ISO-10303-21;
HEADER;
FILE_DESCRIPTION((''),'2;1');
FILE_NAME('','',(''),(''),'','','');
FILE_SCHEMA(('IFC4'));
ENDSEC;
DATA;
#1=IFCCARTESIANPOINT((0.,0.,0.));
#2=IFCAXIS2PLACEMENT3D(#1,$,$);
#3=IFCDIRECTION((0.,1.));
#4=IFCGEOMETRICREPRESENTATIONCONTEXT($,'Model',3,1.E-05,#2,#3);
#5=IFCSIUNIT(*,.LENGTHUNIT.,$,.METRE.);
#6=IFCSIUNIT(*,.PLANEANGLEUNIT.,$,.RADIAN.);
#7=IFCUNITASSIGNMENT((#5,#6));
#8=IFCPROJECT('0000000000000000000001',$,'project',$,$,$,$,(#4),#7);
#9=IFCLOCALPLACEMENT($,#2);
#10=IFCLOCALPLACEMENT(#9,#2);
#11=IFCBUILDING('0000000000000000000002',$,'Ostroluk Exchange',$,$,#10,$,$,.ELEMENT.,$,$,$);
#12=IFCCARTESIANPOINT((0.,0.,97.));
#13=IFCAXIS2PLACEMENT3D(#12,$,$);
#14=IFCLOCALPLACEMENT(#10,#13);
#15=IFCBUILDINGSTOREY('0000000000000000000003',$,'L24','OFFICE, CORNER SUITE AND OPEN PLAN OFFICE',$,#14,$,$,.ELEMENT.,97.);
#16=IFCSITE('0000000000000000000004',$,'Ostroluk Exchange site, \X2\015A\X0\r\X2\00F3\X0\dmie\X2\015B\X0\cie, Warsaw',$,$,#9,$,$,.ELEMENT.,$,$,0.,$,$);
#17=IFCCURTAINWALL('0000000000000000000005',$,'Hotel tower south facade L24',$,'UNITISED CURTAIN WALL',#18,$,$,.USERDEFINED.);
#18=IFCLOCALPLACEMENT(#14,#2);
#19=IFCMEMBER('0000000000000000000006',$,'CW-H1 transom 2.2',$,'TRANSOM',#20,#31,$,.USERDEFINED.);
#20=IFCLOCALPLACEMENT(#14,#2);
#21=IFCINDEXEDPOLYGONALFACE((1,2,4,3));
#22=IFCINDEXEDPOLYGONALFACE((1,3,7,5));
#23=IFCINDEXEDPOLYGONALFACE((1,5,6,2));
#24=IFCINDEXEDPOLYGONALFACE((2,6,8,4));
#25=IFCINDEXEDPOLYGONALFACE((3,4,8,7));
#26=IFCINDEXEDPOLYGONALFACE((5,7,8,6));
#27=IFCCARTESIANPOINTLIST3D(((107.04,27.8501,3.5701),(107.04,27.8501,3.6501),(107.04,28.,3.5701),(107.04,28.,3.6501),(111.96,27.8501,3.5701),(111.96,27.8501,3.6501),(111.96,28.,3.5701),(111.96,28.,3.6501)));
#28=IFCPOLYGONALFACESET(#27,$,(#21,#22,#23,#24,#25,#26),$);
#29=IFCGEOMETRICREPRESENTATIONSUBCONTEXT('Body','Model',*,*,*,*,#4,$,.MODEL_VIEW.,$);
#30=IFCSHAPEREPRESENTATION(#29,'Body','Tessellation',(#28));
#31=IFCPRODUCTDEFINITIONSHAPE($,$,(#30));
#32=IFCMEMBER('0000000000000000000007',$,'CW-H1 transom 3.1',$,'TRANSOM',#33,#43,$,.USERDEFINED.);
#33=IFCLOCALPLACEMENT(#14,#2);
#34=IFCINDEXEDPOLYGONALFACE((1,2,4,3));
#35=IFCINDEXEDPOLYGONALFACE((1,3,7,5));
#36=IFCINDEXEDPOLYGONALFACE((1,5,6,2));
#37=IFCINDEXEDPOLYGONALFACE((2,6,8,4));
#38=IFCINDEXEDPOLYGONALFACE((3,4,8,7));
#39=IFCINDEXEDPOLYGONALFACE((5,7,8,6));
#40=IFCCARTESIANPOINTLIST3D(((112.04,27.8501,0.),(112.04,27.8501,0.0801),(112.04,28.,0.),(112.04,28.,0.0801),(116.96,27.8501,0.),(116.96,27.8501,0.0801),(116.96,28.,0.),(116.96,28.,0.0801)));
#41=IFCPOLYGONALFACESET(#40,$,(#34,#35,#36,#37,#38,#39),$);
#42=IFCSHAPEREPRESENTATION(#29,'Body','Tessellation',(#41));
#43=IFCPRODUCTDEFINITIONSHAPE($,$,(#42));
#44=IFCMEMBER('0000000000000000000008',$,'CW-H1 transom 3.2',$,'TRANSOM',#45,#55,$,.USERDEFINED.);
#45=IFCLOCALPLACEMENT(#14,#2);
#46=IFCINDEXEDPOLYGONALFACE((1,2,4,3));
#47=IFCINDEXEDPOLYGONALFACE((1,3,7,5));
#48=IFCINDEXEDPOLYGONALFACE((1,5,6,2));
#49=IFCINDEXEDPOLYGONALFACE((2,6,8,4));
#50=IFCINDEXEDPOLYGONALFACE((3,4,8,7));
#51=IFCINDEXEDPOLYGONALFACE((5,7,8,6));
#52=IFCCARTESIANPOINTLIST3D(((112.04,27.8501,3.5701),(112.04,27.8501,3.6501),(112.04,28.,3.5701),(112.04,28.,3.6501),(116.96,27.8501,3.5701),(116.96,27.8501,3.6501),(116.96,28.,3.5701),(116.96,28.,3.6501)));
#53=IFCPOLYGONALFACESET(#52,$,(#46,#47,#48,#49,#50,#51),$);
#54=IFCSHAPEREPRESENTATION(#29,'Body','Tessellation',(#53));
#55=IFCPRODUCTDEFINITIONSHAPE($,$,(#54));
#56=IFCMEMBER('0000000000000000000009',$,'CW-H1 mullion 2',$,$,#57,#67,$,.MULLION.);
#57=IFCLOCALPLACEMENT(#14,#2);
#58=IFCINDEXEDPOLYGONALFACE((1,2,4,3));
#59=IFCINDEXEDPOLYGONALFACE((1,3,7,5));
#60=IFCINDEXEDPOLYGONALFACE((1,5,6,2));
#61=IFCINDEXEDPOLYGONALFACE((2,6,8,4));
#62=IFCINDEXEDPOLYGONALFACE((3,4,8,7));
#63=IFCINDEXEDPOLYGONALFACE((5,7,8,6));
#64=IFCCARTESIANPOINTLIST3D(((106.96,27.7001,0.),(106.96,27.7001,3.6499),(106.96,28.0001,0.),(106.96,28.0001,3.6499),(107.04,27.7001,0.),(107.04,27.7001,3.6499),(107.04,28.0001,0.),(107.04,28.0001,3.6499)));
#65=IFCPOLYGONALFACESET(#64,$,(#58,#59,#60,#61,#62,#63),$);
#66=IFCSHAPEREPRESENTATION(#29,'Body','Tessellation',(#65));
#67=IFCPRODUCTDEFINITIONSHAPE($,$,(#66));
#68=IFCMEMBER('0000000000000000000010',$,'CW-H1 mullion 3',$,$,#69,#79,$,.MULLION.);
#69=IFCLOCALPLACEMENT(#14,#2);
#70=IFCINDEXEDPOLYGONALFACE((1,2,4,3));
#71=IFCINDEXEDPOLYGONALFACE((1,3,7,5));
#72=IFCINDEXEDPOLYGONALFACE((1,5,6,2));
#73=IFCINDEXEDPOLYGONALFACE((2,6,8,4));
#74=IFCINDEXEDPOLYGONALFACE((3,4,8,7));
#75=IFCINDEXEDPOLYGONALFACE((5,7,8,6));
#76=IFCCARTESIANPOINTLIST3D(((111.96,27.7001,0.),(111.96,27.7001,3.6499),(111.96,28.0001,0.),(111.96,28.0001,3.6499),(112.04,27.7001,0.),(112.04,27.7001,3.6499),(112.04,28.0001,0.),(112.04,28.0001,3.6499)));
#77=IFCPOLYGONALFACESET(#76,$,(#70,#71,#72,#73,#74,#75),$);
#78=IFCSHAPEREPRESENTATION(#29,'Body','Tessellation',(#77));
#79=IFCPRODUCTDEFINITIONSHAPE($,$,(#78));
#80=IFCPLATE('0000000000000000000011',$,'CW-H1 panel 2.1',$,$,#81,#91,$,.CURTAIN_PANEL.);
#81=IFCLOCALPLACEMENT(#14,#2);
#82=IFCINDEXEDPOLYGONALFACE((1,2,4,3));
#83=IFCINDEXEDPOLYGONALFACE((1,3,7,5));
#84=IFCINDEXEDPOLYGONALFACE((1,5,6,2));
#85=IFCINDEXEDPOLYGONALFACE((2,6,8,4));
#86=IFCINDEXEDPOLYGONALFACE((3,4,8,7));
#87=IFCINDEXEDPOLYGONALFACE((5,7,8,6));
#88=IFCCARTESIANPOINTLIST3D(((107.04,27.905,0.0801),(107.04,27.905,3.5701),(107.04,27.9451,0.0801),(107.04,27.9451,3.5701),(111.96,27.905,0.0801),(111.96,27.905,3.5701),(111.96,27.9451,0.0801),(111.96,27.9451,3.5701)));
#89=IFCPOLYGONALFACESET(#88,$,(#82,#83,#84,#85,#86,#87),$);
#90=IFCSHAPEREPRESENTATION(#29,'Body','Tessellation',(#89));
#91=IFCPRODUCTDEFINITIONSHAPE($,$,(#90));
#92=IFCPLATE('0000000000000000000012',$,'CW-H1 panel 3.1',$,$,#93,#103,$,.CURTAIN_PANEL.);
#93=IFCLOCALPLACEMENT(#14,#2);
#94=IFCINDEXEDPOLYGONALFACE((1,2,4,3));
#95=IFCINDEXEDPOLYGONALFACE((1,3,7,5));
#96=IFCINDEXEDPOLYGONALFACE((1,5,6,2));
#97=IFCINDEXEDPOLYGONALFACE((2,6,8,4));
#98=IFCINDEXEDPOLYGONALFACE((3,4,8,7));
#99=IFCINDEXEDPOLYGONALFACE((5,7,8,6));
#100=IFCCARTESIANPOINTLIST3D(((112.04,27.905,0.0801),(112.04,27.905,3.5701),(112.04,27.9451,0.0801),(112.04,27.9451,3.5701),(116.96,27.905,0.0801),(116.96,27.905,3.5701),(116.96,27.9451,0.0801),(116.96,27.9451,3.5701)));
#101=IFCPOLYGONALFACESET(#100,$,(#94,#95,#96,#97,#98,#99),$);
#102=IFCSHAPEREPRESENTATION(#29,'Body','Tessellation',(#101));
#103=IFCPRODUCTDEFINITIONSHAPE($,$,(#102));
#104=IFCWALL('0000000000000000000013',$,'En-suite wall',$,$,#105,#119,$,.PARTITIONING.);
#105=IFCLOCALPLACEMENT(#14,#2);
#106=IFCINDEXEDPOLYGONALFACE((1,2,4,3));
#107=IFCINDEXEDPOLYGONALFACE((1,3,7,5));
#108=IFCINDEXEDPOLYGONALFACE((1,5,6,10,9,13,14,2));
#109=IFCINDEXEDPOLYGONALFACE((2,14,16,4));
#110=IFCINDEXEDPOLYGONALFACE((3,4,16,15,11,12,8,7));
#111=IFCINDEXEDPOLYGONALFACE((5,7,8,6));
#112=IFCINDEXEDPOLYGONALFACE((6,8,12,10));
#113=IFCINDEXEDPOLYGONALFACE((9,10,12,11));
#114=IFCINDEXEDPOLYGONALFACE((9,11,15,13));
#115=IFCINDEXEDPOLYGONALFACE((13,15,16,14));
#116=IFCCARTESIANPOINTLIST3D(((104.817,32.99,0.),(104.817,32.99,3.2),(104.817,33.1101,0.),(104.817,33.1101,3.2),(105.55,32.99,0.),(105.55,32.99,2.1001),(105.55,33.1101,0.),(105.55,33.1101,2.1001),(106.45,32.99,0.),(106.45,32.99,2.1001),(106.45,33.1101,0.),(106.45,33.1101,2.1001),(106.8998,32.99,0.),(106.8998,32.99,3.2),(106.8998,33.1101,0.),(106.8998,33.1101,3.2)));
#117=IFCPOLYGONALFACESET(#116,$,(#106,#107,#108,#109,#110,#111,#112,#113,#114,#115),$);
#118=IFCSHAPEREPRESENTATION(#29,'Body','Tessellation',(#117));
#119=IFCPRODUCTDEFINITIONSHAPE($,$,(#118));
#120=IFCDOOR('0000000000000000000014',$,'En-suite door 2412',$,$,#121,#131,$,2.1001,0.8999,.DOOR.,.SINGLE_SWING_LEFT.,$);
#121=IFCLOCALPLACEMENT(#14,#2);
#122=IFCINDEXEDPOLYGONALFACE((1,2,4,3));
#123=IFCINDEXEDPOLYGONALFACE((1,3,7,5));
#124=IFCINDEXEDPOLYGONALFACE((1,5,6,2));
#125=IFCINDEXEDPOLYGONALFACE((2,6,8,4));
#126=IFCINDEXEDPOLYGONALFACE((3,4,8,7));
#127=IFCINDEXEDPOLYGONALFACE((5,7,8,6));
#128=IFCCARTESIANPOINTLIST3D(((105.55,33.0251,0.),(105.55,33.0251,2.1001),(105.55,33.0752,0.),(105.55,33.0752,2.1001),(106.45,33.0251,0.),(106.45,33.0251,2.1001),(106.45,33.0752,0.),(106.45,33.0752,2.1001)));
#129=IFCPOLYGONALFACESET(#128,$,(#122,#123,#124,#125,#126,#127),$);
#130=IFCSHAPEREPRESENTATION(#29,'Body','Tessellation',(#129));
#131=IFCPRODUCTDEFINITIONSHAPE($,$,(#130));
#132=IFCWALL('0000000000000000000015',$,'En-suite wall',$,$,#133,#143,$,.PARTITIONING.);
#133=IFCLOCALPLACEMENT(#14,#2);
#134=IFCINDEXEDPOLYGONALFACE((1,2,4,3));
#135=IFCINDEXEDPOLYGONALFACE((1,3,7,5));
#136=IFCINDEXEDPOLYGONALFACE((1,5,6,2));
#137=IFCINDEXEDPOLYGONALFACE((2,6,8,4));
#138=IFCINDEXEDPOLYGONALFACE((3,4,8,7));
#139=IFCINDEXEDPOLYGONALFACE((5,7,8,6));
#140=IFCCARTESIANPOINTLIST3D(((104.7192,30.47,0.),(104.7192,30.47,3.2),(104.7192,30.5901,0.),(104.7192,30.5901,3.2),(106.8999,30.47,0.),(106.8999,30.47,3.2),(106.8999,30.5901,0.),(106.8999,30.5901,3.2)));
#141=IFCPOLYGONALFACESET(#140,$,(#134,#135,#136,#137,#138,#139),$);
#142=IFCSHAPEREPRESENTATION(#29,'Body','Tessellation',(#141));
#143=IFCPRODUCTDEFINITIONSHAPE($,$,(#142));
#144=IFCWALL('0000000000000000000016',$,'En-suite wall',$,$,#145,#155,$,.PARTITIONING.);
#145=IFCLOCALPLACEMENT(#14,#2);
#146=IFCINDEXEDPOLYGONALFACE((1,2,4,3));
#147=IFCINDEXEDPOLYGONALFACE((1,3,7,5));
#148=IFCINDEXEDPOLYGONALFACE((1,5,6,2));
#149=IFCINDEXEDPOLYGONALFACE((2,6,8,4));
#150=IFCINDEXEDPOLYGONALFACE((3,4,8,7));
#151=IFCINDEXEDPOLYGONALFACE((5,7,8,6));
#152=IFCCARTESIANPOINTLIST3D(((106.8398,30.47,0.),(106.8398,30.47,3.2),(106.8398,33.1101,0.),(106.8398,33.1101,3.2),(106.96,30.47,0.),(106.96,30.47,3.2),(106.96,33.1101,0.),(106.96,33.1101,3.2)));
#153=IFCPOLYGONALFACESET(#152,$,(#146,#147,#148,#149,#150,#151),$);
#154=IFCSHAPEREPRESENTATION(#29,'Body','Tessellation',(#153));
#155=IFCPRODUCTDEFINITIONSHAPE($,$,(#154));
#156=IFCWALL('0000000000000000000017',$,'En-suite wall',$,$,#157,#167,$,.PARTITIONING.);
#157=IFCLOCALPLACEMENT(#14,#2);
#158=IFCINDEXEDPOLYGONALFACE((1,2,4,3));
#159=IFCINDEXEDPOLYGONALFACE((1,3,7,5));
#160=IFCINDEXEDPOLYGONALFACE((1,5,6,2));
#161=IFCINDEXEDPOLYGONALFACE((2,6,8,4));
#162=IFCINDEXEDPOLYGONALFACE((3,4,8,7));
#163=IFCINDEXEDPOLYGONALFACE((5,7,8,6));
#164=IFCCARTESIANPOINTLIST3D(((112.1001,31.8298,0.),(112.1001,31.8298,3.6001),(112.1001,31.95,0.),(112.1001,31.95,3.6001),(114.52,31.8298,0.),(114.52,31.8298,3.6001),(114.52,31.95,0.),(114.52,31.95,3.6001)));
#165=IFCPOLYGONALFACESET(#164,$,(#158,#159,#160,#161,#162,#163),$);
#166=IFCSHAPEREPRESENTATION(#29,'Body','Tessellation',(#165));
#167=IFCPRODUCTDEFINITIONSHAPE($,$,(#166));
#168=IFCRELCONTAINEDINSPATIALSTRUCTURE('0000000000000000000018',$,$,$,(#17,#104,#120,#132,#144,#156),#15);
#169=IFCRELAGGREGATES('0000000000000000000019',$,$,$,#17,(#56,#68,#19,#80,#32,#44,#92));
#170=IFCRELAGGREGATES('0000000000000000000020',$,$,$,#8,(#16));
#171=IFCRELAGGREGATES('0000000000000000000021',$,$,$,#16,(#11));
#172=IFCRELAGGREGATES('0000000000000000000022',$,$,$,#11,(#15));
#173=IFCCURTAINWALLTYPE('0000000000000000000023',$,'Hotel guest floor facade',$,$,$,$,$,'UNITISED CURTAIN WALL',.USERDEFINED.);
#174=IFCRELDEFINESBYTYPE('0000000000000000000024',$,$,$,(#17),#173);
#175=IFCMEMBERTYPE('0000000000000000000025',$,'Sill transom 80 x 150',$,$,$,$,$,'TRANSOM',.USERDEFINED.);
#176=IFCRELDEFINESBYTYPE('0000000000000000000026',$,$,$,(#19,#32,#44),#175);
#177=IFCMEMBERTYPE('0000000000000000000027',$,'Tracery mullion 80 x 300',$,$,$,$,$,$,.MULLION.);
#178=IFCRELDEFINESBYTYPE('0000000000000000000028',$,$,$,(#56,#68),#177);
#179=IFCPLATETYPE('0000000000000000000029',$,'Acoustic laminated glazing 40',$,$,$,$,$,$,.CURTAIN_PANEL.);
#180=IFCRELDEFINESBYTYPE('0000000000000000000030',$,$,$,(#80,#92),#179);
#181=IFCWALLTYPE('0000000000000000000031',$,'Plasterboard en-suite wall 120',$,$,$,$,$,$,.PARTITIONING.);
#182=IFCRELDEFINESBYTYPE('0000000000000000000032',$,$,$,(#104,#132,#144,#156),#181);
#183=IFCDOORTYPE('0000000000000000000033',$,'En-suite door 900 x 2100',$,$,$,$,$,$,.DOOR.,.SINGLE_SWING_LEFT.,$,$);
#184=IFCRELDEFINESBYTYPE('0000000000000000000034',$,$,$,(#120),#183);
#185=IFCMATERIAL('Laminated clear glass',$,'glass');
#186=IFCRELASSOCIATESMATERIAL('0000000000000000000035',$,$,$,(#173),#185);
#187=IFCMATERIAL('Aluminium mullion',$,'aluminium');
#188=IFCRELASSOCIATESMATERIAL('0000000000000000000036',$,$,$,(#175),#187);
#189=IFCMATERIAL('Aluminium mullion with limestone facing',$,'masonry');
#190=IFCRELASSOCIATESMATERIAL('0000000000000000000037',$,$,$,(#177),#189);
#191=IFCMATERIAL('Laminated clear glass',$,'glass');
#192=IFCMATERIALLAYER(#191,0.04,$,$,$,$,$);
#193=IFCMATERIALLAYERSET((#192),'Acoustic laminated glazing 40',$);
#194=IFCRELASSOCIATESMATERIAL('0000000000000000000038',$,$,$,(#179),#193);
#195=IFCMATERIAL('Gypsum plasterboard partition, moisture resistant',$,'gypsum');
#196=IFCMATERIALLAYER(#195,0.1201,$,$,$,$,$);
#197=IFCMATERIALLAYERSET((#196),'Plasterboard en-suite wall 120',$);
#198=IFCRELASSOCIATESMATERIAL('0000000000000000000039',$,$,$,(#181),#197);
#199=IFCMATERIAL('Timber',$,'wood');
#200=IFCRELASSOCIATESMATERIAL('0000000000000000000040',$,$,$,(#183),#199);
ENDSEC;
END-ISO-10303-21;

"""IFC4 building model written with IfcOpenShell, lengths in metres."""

from ifc_helpers import new_model, si_unit, direction, frame, frame_2d, origin, origin_2d, place, context, subcontext, project, spatial, rectangle, extrude, material, layer, layer_set, material_profile, profile_set, type_object, element, fill, aggregate, save


model = new_model("IFC4")

# Units and contexts
model_context = context("Model", 3, precision=1e-05, world=origin(), true_north=direction((0.0, 1.0)))
body_context = subcontext(model_context, "Body", "Model", "MODEL_VIEW")
ifc_project = project(units=[si_unit("LENGTHUNIT", "METRE"), si_unit("PLANEANGLEUNIT", "RADIAN")], contexts=[model_context])

# Site, building, storey
site_placement = place(None, origin())
site = spatial("IfcSite", under=ifc_project, at=site_placement, Name="Ostroluk Exchange site, Śródmieście, Warsaw", CompositionType="ELEMENT", RefElevation=0.0)
building_placement = place(site_placement, origin())
building = spatial("IfcBuilding", under=site, at=building_placement, Name="Ostroluk Exchange", CompositionType="ELEMENT")
storey_placement = place(building_placement, frame((0.0, 0.0, 97.0)))
storey = spatial("IfcBuildingStorey", under=building, at=storey_placement, Name="L24", Description="OFFICE, CORNER SUITE AND OPEN PLAN OFFICE", CompositionType="ELEMENT", Elevation=97.0)

# Curtain wall, members, plates
ifc_material_1 = material(Name="Laminated clear glass", Category="glass")
curtain_wall_type = type_object("IfcCurtainWallType", Name="Hotel guest floor facade", ElementType="UNITISED CURTAIN WALL", PredefinedType="USERDEFINED", material=ifc_material_1)
curtain_wall_placement = place(storey_placement, origin())
curtain_wall = element("IfcCurtainWall", 1, at=curtain_wall_placement, inside=storey, type_object=curtain_wall_type, Name="Hotel tower south facade L24", ObjectType="UNITISED CURTAIN WALL", PredefinedType="USERDEFINED")
ifc_material_2 = material(Name="Aluminium mullion", Category="aluminium")
ifc_material_profile_1 = material_profile(ifc_material_2, rectangle(XDim=0.1499, YDim=0.0801, at=origin_2d()), Name="Sill transom 80 x 150")
ifc_profile_set_1 = profile_set([ifc_material_profile_1], Name="Aluminium mullion")
member_type_1 = type_object("IfcMemberType", Name="Sill transom 80 x 150", ElementType="TRANSOM", PredefinedType="USERDEFINED", material=ifc_profile_set_1)
member_1_placement = place(storey_placement, frame((107.04, 27.925, 3.6101), z_axis=(1.0, 0.0, 0.0), x_axis=(0.0, 1.0, 0.0)))
member_1 = element("IfcMember", 2, at=member_1_placement, type_object=member_type_1, Name="CW-H1 transom 2.2", ObjectType="TRANSOM", PredefinedType="USERDEFINED", context=body_context, shape_type="SweptSolid", body=[
    extrude(rectangle(XDim=0.1499, YDim=0.0801, at=origin_2d()), origin(), (0.0, 0.0, 1.0), 4.9199),
])
member_2_placement = place(storey_placement, frame((112.04, 27.925, 0.04), z_axis=(1.0, 0.0, 0.0), x_axis=(0.0, 1.0, 0.0)))
member_2 = element("IfcMember", 3, at=member_2_placement, type_object=member_type_1, Name="CW-H1 transom 3.1", ObjectType="TRANSOM", PredefinedType="USERDEFINED", context=body_context, shape_type="SweptSolid", body=[
    extrude(rectangle(XDim=0.1499, YDim=0.0801, at=origin_2d()), origin(), (0.0, 0.0, 1.0), 4.9199),
])
member_3_placement = place(storey_placement, frame((112.04, 27.925, 3.6101), z_axis=(1.0, 0.0, 0.0), x_axis=(0.0, 1.0, 0.0)))
member_3 = element("IfcMember", 4, at=member_3_placement, type_object=member_type_1, Name="CW-H1 transom 3.2", ObjectType="TRANSOM", PredefinedType="USERDEFINED", context=body_context, shape_type="SweptSolid", body=[
    extrude(rectangle(XDim=0.1499, YDim=0.0801, at=origin_2d()), origin(), (0.0, 0.0, 1.0), 4.9199),
])
ifc_material_3 = material(Name="Aluminium mullion with limestone facing", Category="masonry")
ifc_material_profile_2 = material_profile(ifc_material_3, rectangle(XDim=0.3, YDim=0.0801, at=origin_2d()), Name="Tracery mullion 80 x 300")
ifc_profile_set_2 = profile_set([ifc_material_profile_2], Name="Aluminium mullion with limestone facing")
member_type_2 = type_object("IfcMemberType", Name="Tracery mullion 80 x 300", PredefinedType="MULLION", material=ifc_profile_set_2)
member_4_placement = place(storey_placement, frame((107.0, 27.8501, 0.0), z_axis=(0.0, 0.0, 1.0), x_axis=(0.0, 1.0, 0.0)))
member_4 = element("IfcMember", 5, at=member_4_placement, type_object=member_type_2, Name="CW-H1 mullion 2", PredefinedType="MULLION", context=body_context, shape_type="SweptSolid", body=[
    extrude(rectangle(XDim=0.3, YDim=0.0801, at=origin_2d()), origin(), (0.0, 0.0, 1.0), 3.6499),
])
member_5_placement = place(storey_placement, frame((112.0, 27.8501, 0.0), z_axis=(0.0, 0.0, 1.0), x_axis=(0.0, 1.0, 0.0)))
member_5 = element("IfcMember", 6, at=member_5_placement, type_object=member_type_2, Name="CW-H1 mullion 3", PredefinedType="MULLION", context=body_context, shape_type="SweptSolid", body=[
    extrude(rectangle(XDim=0.3, YDim=0.0801, at=origin_2d()), origin(), (0.0, 0.0, 1.0), 3.6499),
])
ifc_material_4 = material(Name="Laminated clear glass", Category="glass")
ifc_layer_1 = layer(ifc_material_4, 0.04)
ifc_layer_set_1 = layer_set([ifc_layer_1], Name="Acoustic laminated glazing 40")
plate_type = type_object("IfcPlateType", Name="Acoustic laminated glazing 40", PredefinedType="CURTAIN_PANEL", material=ifc_layer_set_1)
plate_1_placement = place(storey_placement, frame((109.5, 27.925, 0.0801), z_axis=(0.0, 0.0, 1.0), x_axis=(1.0, 0.0, 0.0)))
plate_1 = element("IfcPlate", 7, at=plate_1_placement, type_object=plate_type, Name="CW-H1 panel 2.1", PredefinedType="CURTAIN_PANEL", context=body_context, shape_type="SweptSolid", body=[
    extrude(rectangle(XDim=4.9199, YDim=0.04, at=origin_2d()), origin(), (0.0, 0.0, 1.0), 3.49),
])
plate_2_placement = place(storey_placement, frame((114.5, 27.925, 0.0801), z_axis=(0.0, 0.0, 1.0), x_axis=(1.0, 0.0, 0.0)))
plate_2 = element("IfcPlate", 8, at=plate_2_placement, type_object=plate_type, Name="CW-H1 panel 3.1", PredefinedType="CURTAIN_PANEL", context=body_context, shape_type="SweptSolid", body=[
    extrude(rectangle(XDim=4.9199, YDim=0.04, at=origin_2d()), origin(), (0.0, 0.0, 1.0), 3.49),
])
aggregate(curtain_wall, [member_4, member_5, member_1, plate_1, member_2, member_3, plate_2])

# Wall, opening, door
ifc_material_5 = material(Name="Gypsum plasterboard partition, moisture resistant", Category="gypsum")
ifc_layer_2 = layer(ifc_material_5, 0.1201)
ifc_layer_set_2 = layer_set([ifc_layer_2], Name="Plasterboard en-suite wall 120")
wall_type_1 = type_object("IfcWallType", Name="Plasterboard en-suite wall 120", PredefinedType="PARTITIONING", material=ifc_layer_set_2)
wall_1_placement = place(storey_placement, frame((106.8999, 33.05, 0.0), z_axis=(0.0, 0.0, 1.0), x_axis=(-1.0, 0.0, 0.0)))
wall_1 = element("IfcWall", 9, at=wall_1_placement, inside=storey, type_object=wall_type_1, Name="En-suite wall", PredefinedType="PARTITIONING", context=body_context, shape_type="SweptSolid", body=[
    extrude(rectangle(XDim=2.0828, YDim=0.1201, at=frame_2d((1.0415, 0.0))), origin(), (0.0, 0.0, 1.0), 3.2),
])
opening_1_placement = place(wall_1_placement, frame((0.45, 0.0, 0.0)))
opening_1 = element("IfcOpeningElement", 10, at=opening_1_placement, cuts=wall_1, PredefinedType="OPENING", context=body_context, shape_type="SweptSolid", body=[
    extrude(rectangle(XDim=0.8999, YDim=2.1001, at=frame_2d((0.45, 1.05))), frame((0.0, 0.0701, 0.0), z_axis=(0.0, -1.0, 0.0), x_axis=(1.0, 0.0, 0.0)), (0.0, 0.0, 1.0), 0.1401),
])
ifc_material_6 = material(Name="Timber", Category="wood")
door_type = type_object("IfcDoorType", Name="En-suite door 900 x 2100", OperationType="SINGLE_SWING_LEFT", PredefinedType="DOOR", material=ifc_material_6)
door_1_placement = place(opening_1_placement, origin())
door_1 = element("IfcDoor", 11, at=door_1_placement, inside=storey, type_object=door_type, Name="En-suite door 2412", OperationType="SINGLE_SWING_LEFT", OverallHeight=2.1001, OverallWidth=0.8999, PredefinedType="DOOR", context=body_context, shape_type="SweptSolid", body=[
    extrude(rectangle(XDim=0.8999, YDim=2.1001, at=frame_2d((0.45, 1.05))), frame((0.0, 0.0249, 0.0), z_axis=(0.0, -1.0, 0.0), x_axis=(1.0, 0.0, 0.0)), (0.0, 0.0, 1.0), 0.05),
])
fill(opening_1, door_1)

# Walls
wall_2_placement = place(storey_placement, frame((106.8999, 30.53, 0.0), z_axis=(0.0, 0.0, 1.0), x_axis=(-1.0, 0.0, 0.0)))
element("IfcWall", 12, at=wall_2_placement, inside=storey, type_object=wall_type_1, Name="En-suite wall", PredefinedType="PARTITIONING", context=body_context, shape_type="SweptSolid", body=[
    extrude(rectangle(XDim=2.1807, YDim=0.1201, at=frame_2d((1.0903, 0.0))), origin(), (0.0, 0.0, 1.0), 3.2),
])
wall_3_placement = place(storey_placement, frame((106.8999, 33.1101, 0.0), z_axis=(0.0, 0.0, 1.0), x_axis=(0.0, -1.0, 0.0)))
element("IfcWall", 13, at=wall_3_placement, inside=storey, type_object=wall_type_1, Name="En-suite wall", PredefinedType="PARTITIONING", context=body_context, shape_type="SweptSolid", body=[
    extrude(rectangle(XDim=2.6401, YDim=0.1201, at=frame_2d((1.3201, 0.0))), origin(), (0.0, 0.0, 1.0), 3.2),
])
wall_4_placement = place(storey_placement, frame((112.1001, 31.8899, 0.0), z_axis=(0.0, 0.0, 1.0), x_axis=(1.0, 0.0, 0.0)))
element("IfcWall", 14, at=wall_4_placement, inside=storey, type_object=wall_type_1, Name="En-suite wall", PredefinedType="PARTITIONING", context=body_context, shape_type="SweptSolid", body=[
    extrude(rectangle(XDim=2.4199, YDim=0.1201, at=frame_2d((1.21, 0.0))), origin(), (0.0, 0.0, 1.0), 3.6001),
])

save(model, "model.ifc")
